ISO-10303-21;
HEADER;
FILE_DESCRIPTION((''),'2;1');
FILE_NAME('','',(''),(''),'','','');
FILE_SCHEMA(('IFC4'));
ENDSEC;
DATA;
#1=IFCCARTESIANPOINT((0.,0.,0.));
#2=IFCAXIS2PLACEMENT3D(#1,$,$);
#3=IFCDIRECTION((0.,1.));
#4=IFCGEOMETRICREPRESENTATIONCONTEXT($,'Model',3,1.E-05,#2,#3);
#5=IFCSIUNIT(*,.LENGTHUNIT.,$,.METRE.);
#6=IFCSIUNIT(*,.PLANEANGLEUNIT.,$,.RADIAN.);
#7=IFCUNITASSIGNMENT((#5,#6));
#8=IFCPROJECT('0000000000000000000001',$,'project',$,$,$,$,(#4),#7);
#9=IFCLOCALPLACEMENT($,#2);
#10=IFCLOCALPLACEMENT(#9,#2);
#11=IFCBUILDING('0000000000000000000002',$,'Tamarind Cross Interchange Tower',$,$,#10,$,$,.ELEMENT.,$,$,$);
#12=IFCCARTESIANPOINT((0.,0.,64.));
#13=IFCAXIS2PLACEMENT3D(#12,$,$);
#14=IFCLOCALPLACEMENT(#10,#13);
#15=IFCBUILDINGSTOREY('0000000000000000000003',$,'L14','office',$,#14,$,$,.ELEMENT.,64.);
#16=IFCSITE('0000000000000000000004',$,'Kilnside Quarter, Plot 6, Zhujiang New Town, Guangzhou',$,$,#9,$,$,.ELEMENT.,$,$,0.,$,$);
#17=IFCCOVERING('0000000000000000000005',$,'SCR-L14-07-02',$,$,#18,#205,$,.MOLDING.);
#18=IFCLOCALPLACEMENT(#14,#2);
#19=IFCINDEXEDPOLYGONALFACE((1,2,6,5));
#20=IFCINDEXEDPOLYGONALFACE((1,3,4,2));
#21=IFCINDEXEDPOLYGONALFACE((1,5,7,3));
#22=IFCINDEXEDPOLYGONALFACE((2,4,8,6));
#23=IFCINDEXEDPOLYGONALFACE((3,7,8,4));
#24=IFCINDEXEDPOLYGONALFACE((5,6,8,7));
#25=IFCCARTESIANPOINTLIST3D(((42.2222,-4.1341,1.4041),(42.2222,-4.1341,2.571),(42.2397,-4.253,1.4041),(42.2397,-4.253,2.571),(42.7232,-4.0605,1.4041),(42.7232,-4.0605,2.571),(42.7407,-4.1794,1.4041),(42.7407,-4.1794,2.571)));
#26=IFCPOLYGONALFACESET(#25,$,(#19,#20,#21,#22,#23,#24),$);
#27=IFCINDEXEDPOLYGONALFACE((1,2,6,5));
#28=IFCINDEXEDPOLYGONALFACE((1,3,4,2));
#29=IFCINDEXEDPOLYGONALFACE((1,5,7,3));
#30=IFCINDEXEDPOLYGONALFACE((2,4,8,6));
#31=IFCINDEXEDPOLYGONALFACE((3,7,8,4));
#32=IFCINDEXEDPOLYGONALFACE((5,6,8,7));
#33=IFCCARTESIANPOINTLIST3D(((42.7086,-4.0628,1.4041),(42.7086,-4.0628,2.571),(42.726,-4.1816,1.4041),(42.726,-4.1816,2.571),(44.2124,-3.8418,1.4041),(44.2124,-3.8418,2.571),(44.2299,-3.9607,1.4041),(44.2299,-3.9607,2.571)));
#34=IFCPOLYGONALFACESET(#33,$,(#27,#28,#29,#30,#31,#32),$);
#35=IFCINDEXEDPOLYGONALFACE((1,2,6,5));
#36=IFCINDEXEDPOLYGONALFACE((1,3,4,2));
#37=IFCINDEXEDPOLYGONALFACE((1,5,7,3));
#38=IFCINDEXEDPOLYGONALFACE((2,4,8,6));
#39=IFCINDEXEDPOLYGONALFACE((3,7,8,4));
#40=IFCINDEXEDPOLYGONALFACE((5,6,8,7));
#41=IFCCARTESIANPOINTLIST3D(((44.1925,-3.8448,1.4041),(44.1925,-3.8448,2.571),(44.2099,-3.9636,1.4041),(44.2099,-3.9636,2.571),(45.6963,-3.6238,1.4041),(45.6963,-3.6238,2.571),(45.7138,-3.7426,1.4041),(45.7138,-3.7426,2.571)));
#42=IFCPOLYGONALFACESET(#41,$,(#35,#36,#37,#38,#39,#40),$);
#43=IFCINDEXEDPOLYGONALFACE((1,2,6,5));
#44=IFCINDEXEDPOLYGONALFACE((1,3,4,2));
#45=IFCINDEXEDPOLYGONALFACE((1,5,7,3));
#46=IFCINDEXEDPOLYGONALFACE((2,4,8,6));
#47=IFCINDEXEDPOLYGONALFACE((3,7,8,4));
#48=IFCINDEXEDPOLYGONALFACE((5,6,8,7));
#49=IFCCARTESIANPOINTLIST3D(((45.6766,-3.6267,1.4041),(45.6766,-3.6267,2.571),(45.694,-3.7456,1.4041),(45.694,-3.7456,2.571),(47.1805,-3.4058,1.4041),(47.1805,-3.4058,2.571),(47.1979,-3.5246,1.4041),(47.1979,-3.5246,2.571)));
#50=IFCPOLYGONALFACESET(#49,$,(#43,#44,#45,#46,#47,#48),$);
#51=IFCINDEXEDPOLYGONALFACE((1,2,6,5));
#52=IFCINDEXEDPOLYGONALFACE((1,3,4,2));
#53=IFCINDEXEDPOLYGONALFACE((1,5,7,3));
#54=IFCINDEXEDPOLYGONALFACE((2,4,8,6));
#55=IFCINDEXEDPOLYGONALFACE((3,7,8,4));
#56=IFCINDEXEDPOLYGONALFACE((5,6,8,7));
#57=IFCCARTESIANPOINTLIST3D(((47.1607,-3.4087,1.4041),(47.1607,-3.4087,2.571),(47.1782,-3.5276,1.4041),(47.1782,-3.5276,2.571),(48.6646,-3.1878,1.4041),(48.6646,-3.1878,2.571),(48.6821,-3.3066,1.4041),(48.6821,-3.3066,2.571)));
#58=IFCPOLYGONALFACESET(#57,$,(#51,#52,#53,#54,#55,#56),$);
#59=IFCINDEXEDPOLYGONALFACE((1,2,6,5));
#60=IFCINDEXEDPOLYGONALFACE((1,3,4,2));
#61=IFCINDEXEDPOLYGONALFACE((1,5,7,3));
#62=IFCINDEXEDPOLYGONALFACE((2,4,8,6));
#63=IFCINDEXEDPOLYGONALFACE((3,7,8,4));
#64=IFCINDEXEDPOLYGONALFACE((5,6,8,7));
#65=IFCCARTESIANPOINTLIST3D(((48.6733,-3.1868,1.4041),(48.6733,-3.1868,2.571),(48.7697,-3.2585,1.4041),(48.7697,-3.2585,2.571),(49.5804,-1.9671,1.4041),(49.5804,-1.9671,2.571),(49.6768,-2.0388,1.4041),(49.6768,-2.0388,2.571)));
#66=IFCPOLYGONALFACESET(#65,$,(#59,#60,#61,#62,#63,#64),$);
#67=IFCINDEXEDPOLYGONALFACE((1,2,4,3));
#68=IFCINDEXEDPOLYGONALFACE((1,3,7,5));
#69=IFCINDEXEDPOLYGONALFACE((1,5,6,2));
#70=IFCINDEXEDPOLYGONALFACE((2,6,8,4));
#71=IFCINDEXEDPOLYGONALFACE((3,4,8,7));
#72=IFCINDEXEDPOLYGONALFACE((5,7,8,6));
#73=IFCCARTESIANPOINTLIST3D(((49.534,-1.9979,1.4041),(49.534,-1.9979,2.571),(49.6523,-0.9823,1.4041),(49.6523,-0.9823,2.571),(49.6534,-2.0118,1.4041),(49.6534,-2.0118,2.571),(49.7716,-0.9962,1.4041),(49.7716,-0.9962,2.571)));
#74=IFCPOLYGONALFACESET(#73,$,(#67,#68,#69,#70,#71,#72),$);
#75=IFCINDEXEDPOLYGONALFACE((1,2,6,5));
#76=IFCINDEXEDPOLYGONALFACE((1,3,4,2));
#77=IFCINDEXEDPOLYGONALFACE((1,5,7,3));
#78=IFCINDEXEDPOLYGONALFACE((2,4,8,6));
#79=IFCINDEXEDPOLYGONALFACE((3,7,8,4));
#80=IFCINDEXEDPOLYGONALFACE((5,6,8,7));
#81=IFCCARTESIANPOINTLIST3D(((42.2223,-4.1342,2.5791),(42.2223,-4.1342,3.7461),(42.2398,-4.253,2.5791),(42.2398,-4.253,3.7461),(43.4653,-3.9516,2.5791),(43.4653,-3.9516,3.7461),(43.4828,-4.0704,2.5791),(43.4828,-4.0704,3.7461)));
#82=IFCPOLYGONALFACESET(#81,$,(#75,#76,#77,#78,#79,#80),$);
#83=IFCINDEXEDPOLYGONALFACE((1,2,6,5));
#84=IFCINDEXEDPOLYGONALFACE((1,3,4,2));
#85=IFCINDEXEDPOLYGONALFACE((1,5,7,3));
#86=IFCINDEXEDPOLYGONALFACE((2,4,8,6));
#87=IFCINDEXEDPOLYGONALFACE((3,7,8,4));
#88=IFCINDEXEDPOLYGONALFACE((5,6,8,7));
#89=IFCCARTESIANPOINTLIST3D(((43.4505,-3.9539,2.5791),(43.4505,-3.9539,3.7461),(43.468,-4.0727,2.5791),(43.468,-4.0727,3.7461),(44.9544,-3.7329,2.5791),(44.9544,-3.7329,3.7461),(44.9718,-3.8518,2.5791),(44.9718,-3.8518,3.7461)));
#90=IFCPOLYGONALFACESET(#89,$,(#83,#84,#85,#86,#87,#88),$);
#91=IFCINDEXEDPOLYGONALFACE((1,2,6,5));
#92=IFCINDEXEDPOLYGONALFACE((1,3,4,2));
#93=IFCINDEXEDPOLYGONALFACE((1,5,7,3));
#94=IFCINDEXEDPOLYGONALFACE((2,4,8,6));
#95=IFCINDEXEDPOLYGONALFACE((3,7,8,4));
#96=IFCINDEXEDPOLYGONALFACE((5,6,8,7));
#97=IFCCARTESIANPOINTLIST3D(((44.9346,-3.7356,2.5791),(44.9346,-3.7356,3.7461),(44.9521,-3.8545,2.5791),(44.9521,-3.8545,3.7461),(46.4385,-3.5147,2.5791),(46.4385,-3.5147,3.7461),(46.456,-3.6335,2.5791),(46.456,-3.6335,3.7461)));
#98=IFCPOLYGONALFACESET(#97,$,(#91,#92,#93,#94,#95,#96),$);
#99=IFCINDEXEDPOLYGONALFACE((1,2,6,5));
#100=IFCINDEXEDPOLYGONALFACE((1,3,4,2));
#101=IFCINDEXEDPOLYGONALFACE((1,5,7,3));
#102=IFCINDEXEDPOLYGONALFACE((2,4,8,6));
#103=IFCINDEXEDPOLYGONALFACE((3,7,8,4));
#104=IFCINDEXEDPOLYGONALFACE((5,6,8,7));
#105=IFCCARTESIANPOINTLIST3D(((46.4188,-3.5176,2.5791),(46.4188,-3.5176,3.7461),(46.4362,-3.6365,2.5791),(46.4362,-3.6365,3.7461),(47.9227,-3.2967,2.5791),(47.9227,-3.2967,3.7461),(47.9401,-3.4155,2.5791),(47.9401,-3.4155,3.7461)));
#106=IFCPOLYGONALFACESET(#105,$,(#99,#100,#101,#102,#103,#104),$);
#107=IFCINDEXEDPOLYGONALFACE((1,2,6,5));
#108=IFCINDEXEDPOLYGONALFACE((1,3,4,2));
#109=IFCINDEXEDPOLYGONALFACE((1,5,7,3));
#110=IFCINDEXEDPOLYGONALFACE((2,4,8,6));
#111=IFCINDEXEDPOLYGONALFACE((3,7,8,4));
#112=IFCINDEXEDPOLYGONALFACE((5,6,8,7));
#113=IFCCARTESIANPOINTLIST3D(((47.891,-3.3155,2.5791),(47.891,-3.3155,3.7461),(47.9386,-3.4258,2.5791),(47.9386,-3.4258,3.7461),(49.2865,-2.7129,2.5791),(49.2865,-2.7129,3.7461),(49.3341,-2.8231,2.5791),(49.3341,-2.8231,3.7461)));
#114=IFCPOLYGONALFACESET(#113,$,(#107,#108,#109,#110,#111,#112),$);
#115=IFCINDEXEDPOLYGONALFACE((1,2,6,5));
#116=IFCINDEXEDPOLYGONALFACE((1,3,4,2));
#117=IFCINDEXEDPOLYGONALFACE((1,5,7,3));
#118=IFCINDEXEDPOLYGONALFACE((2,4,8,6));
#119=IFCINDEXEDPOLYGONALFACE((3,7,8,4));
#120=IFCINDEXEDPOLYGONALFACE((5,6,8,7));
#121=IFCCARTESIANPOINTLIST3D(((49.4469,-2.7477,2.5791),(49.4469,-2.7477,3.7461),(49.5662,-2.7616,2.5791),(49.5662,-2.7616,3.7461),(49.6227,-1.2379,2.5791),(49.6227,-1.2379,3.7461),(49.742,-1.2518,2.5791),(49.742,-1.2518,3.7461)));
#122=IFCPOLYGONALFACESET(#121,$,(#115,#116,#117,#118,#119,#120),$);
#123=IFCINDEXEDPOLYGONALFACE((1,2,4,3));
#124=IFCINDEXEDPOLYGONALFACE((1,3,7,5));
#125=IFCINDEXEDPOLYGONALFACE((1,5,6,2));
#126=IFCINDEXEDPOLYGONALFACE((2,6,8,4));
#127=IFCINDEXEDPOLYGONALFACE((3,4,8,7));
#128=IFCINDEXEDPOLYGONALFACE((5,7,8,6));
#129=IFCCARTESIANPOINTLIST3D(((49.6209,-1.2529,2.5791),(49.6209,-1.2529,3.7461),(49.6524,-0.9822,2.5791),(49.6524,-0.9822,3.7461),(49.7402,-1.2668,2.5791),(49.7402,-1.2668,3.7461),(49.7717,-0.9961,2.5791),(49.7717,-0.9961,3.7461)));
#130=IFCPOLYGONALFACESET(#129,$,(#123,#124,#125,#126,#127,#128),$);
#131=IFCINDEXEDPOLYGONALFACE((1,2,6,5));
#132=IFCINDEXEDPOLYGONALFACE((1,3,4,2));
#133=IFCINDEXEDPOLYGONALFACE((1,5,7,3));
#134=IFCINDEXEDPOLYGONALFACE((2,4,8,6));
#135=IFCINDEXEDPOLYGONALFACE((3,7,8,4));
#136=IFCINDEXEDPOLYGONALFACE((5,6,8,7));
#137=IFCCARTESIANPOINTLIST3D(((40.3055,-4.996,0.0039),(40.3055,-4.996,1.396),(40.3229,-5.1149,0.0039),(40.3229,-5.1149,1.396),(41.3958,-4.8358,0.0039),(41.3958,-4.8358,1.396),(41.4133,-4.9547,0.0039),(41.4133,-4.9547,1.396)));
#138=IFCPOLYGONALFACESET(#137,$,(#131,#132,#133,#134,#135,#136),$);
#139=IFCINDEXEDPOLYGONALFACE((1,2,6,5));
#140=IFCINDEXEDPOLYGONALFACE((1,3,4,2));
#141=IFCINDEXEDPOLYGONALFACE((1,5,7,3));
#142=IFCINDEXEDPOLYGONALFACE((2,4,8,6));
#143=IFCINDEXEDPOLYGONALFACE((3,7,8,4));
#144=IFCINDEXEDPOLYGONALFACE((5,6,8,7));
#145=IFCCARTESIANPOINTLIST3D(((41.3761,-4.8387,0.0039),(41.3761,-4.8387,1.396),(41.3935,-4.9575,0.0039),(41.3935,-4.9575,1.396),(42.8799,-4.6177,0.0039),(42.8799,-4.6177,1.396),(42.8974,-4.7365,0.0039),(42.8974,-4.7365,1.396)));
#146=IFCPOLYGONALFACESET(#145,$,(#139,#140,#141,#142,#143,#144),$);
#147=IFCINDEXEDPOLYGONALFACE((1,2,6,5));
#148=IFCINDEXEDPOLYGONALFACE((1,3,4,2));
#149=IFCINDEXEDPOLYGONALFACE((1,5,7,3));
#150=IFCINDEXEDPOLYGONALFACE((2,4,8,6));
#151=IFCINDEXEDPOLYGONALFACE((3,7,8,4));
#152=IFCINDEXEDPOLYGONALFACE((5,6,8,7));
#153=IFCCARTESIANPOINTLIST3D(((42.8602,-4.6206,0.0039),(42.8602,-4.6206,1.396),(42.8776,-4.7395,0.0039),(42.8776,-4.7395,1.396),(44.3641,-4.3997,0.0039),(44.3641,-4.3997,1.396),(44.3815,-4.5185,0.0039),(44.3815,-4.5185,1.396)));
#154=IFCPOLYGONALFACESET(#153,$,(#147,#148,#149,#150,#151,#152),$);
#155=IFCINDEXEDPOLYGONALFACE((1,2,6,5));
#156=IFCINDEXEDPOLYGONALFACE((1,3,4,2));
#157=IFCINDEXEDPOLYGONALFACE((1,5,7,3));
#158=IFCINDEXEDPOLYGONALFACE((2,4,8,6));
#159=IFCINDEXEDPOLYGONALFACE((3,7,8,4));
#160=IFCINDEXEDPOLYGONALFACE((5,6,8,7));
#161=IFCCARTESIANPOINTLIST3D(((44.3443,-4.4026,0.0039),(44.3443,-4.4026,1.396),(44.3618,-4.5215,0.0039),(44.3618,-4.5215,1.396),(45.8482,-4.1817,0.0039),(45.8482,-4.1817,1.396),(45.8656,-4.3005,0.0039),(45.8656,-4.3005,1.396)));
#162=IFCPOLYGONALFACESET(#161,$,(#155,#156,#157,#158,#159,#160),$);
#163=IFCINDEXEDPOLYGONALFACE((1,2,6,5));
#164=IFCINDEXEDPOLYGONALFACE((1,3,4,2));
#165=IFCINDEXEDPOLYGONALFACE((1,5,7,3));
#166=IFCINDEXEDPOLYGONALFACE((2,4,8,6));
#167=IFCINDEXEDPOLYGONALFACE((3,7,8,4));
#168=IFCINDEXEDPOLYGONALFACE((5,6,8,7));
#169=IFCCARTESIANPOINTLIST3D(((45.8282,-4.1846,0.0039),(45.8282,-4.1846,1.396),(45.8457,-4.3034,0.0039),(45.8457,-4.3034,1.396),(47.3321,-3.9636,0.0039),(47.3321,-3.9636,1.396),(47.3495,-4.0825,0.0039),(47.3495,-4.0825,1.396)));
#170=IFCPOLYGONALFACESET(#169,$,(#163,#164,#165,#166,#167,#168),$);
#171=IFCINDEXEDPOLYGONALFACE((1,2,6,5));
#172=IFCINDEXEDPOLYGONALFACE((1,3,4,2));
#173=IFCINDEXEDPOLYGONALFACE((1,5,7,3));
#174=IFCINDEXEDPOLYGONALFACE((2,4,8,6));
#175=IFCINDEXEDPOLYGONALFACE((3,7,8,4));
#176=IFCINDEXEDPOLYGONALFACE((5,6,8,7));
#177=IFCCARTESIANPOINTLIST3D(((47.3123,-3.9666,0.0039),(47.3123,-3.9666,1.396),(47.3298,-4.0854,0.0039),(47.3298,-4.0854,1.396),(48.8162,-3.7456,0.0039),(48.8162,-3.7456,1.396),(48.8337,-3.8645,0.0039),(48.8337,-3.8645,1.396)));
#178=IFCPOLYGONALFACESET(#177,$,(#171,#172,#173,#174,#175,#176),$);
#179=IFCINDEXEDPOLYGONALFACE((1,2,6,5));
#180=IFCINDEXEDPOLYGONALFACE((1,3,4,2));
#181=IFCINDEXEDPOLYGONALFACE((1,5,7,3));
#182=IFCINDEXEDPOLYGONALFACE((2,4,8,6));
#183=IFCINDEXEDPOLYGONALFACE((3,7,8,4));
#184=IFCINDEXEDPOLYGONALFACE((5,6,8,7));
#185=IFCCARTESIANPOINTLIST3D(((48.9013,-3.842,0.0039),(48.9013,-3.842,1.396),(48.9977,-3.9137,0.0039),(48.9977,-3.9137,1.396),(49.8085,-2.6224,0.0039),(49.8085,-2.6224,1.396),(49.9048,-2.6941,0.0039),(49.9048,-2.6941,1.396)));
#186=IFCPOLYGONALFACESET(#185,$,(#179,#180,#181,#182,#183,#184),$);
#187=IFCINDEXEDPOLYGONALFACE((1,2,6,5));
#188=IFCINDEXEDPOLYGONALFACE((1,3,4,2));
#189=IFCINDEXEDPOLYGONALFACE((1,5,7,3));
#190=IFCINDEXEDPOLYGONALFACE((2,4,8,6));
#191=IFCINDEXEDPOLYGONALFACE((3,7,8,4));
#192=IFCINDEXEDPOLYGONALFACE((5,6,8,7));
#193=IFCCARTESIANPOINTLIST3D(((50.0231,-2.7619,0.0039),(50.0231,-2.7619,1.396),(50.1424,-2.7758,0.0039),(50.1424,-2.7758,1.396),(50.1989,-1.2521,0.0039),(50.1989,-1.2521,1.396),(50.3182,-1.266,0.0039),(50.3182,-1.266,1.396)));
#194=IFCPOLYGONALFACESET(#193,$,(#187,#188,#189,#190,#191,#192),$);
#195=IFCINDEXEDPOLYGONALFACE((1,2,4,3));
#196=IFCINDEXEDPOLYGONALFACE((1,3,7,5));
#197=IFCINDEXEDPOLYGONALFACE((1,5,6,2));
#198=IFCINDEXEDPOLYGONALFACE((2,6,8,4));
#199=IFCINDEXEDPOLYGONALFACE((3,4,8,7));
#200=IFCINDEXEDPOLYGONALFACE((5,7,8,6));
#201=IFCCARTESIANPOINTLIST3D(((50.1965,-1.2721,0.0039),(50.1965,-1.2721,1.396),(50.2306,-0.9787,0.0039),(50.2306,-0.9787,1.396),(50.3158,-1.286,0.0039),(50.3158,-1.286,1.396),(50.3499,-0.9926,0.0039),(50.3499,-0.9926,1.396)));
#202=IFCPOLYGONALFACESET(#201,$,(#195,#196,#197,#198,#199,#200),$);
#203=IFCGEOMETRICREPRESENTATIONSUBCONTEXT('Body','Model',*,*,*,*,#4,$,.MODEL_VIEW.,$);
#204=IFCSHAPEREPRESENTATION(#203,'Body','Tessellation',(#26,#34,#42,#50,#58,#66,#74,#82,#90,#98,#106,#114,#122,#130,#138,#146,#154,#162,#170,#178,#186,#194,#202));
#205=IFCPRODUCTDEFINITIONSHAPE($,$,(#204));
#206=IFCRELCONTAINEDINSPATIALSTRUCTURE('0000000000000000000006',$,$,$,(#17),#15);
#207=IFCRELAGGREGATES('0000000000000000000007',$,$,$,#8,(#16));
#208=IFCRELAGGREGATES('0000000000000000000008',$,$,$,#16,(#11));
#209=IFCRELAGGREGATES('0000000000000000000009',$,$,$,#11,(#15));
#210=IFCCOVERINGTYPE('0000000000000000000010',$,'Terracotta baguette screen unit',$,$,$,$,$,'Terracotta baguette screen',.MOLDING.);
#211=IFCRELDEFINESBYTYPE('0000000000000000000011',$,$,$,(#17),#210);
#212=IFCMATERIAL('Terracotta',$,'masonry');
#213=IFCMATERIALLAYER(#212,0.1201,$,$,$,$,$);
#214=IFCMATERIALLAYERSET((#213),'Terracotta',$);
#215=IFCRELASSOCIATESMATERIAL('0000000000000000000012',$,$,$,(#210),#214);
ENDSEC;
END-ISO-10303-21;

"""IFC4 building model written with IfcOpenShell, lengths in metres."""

from ifc_helpers import new_model, si_unit, direction, frame, origin, origin_2d, place, context, subcontext, project, spatial, rectangle, extrude, material, layer, layer_set, type_object, element, save


model = new_model("IFC4")

# Units and contexts
model_context = context("Model", 3, precision=1e-05, world=origin(), true_north=direction((0.0, 1.0)))
body_context = subcontext(model_context, "Body", "Model", "MODEL_VIEW")
ifc_project = project(units=[si_unit("LENGTHUNIT", "METRE"), si_unit("PLANEANGLEUNIT", "RADIAN")], contexts=[model_context])

# Site, building, storey
site_placement = place(None, origin())
site = spatial("IfcSite", under=ifc_project, at=site_placement, Name="Kilnside Quarter, Plot 6, Zhujiang New Town, Guangzhou", CompositionType="ELEMENT", RefElevation=0.0)
building_placement = place(site_placement, origin())
building = spatial("IfcBuilding", under=site, at=building_placement, Name="Tamarind Cross Interchange Tower", CompositionType="ELEMENT")
storey_placement = place(building_placement, frame((0.0, 0.0, 64.0)))
storey = spatial("IfcBuildingStorey", under=building, at=storey_placement, Name="L14", Description="office", CompositionType="ELEMENT", Elevation=64.0)

# Covering
ifc_material_1 = material(Name="Terracotta", Category="masonry")
ifc_layer_1 = layer(ifc_material_1, 0.1201)
ifc_layer_set_1 = layer_set([ifc_layer_1], Name="Terracotta")
covering_type = type_object("IfcCoveringType", Name="Terracotta baguette screen unit", ElementType="Terracotta baguette screen", PredefinedType="MOLDING", material=ifc_layer_set_1)
covering_1_placement = place(storey_placement, origin())
element("IfcCovering", 1, at=covering_1_placement, inside=storey, type_object=covering_type, Name="SCR-L14-07-02", PredefinedType="MOLDING", context=body_context, shape_type="SweptSolid", body=[
    extrude(rectangle(XDim=0.5063, YDim=0.1201, at=origin_2d()), frame((42.4814, -4.1567, 1.4041), z_axis=(0.0, 0.0, 1.0), x_axis=(0.989378, 0.145365, 0.0)), (0.0, 0.0, 1.0), 1.167),
    extrude(rectangle(XDim=1.52, YDim=0.1201, at=origin_2d()), frame((43.4692, -4.0117, 1.4041), z_axis=(0.0, 0.0, 1.0), x_axis=(0.989378, 0.145365, 0.0)), (0.0, 0.0, 1.0), 1.167),
    extrude(rectangle(XDim=1.52, YDim=0.1201, at=origin_2d()), frame((44.9531, -3.7937, 1.4041), z_axis=(0.0, 0.0, 1.0), x_axis=(0.989378, 0.145365, 0.0)), (0.0, 0.0, 1.0), 1.167),
    extrude(rectangle(XDim=1.52, YDim=0.1201, at=origin_2d()), frame((46.4373, -3.5757, 1.4041), z_axis=(0.0, 0.0, 1.0), x_axis=(0.989378, 0.145365, 0.0)), (0.0, 0.0, 1.0), 1.167),
    extrude(rectangle(XDim=1.52, YDim=0.1201, at=origin_2d()), frame((47.9214, -3.3577, 1.4041), z_axis=(0.0, 0.0, 1.0), x_axis=(0.989378, 0.145365, 0.0)), (0.0, 0.0, 1.0), 1.167),
    extrude(rectangle(XDim=1.52, YDim=0.1201, at=origin_2d()), frame((49.175, -2.6128, 1.4041), z_axis=(0.0, 0.0, 1.0), x_axis=(0.596808, 0.802384, 0.0)), (0.0, 0.0, 1.0), 1.167),
    extrude(rectangle(XDim=1.0225, YDim=0.1201, at=origin_2d()), frame((49.6528, -1.4971, 1.4041), z_axis=(0.0, 0.0, 1.0), x_axis=(0.115658, 0.993289, 0.0)), (0.0, 0.0, 1.0), 1.167),
    extrude(rectangle(XDim=1.2563, YDim=0.1201, at=origin_2d()), frame((42.8525, -4.1023, 2.5791), z_axis=(0.0, 0.0, 1.0), x_axis=(0.989378, 0.145365, 0.0)), (0.0, 0.0, 1.0), 1.167),
    extrude(rectangle(XDim=1.52, YDim=0.1201, at=origin_2d()), frame((44.2112, -3.9028, 2.5791), z_axis=(0.0, 0.0, 1.0), x_axis=(0.989378, 0.145365, 0.0)), (0.0, 0.0, 1.0), 1.167),
    extrude(rectangle(XDim=1.52, YDim=0.1201, at=origin_2d()), frame((45.6953, -3.6846, 2.5791), z_axis=(0.0, 0.0, 1.0), x_axis=(0.989378, 0.145365, 0.0)), (0.0, 0.0, 1.0), 1.167),
    extrude(rectangle(XDim=1.52, YDim=0.1201, at=origin_2d()), frame((47.1794, -3.4666, 2.5791), z_axis=(0.0, 0.0, 1.0), x_axis=(0.989378, 0.145365, 0.0)), (0.0, 0.0, 1.0), 1.167),
    extrude(rectangle(XDim=1.52, YDim=0.1201, at=origin_2d()), frame((48.6125, -3.0693, 2.5791), z_axis=(0.0, 0.0, 1.0), x_axis=(0.918043, 0.396481, 0.0)), (0.0, 0.0, 1.0), 1.167),
    extrude(rectangle(XDim=1.52, YDim=0.1201, at=origin_2d()), frame((49.5945, -1.9998, 2.5791), z_axis=(0.0, 0.0, 1.0), x_axis=(0.115658, 0.993289, 0.0)), (0.0, 0.0, 1.0), 1.167),
    extrude(rectangle(XDim=0.2725, YDim=0.1201, at=origin_2d()), frame((49.6963, -1.1245, 2.5791), z_axis=(0.0, 0.0, 1.0), x_axis=(0.115658, 0.993289, 0.0)), (0.0, 0.0, 1.0), 1.167),
    extrude(rectangle(XDim=1.1021, YDim=0.1201, at=origin_2d()), frame((40.8594, -4.9753, 0.0039), z_axis=(0.0, 0.0, 1.0), x_axis=(0.989378, 0.145365, 0.0)), (0.0, 0.0, 1.0), 1.3921),
    extrude(rectangle(XDim=1.52, YDim=0.1201, at=origin_2d()), frame((42.1367, -4.7876, 0.0039), z_axis=(0.0, 0.0, 1.0), x_axis=(0.989378, 0.145365, 0.0)), (0.0, 0.0, 1.0), 1.3921),
    extrude(rectangle(XDim=1.52, YDim=0.1201, at=origin_2d()), frame((43.6208, -4.5696, 0.0039), z_axis=(0.0, 0.0, 1.0), x_axis=(0.989378, 0.145365, 0.0)), (0.0, 0.0, 1.0), 1.3921),
    extrude(rectangle(XDim=1.52, YDim=0.1201, at=origin_2d()), frame((45.105, -4.3516, 0.0039), z_axis=(0.0, 0.0, 1.0), x_axis=(0.989378, 0.145365, 0.0)), (0.0, 0.0, 1.0), 1.3921),
    extrude(rectangle(XDim=1.52, YDim=0.1201, at=origin_2d()), frame((46.5889, -4.1335, 0.0039), z_axis=(0.0, 0.0, 1.0), x_axis=(0.989378, 0.145365, 0.0)), (0.0, 0.0, 1.0), 1.3921),
    extrude(rectangle(XDim=1.52, YDim=0.1201, at=origin_2d()), frame((48.073, -3.9155, 0.0039), z_axis=(0.0, 0.0, 1.0), x_axis=(0.989378, 0.145365, 0.0)), (0.0, 0.0, 1.0), 1.3921),
    extrude(rectangle(XDim=1.52, YDim=0.1201, at=origin_2d()), frame((49.4031, -3.2681, 0.0039), z_axis=(0.0, 0.0, 1.0), x_axis=(0.596808, 0.802384, 0.0)), (0.0, 0.0, 1.0), 1.3921),
    extrude(rectangle(XDim=1.52, YDim=0.1201, at=origin_2d()), frame((50.1707, -2.0139, 0.0039), z_axis=(0.0, 0.0, 1.0), x_axis=(0.115658, 0.993289, 0.0)), (0.0, 0.0, 1.0), 1.3921),
    extrude(rectangle(XDim=0.2954, YDim=0.1201, at=origin_2d()), frame((50.2732, -1.1323, 0.0039), z_axis=(0.0, 0.0, 1.0), x_axis=(0.115658, 0.993289, 0.0)), (0.0, 0.0, 1.0), 1.3921),
])

save(model, "model.ifc")
